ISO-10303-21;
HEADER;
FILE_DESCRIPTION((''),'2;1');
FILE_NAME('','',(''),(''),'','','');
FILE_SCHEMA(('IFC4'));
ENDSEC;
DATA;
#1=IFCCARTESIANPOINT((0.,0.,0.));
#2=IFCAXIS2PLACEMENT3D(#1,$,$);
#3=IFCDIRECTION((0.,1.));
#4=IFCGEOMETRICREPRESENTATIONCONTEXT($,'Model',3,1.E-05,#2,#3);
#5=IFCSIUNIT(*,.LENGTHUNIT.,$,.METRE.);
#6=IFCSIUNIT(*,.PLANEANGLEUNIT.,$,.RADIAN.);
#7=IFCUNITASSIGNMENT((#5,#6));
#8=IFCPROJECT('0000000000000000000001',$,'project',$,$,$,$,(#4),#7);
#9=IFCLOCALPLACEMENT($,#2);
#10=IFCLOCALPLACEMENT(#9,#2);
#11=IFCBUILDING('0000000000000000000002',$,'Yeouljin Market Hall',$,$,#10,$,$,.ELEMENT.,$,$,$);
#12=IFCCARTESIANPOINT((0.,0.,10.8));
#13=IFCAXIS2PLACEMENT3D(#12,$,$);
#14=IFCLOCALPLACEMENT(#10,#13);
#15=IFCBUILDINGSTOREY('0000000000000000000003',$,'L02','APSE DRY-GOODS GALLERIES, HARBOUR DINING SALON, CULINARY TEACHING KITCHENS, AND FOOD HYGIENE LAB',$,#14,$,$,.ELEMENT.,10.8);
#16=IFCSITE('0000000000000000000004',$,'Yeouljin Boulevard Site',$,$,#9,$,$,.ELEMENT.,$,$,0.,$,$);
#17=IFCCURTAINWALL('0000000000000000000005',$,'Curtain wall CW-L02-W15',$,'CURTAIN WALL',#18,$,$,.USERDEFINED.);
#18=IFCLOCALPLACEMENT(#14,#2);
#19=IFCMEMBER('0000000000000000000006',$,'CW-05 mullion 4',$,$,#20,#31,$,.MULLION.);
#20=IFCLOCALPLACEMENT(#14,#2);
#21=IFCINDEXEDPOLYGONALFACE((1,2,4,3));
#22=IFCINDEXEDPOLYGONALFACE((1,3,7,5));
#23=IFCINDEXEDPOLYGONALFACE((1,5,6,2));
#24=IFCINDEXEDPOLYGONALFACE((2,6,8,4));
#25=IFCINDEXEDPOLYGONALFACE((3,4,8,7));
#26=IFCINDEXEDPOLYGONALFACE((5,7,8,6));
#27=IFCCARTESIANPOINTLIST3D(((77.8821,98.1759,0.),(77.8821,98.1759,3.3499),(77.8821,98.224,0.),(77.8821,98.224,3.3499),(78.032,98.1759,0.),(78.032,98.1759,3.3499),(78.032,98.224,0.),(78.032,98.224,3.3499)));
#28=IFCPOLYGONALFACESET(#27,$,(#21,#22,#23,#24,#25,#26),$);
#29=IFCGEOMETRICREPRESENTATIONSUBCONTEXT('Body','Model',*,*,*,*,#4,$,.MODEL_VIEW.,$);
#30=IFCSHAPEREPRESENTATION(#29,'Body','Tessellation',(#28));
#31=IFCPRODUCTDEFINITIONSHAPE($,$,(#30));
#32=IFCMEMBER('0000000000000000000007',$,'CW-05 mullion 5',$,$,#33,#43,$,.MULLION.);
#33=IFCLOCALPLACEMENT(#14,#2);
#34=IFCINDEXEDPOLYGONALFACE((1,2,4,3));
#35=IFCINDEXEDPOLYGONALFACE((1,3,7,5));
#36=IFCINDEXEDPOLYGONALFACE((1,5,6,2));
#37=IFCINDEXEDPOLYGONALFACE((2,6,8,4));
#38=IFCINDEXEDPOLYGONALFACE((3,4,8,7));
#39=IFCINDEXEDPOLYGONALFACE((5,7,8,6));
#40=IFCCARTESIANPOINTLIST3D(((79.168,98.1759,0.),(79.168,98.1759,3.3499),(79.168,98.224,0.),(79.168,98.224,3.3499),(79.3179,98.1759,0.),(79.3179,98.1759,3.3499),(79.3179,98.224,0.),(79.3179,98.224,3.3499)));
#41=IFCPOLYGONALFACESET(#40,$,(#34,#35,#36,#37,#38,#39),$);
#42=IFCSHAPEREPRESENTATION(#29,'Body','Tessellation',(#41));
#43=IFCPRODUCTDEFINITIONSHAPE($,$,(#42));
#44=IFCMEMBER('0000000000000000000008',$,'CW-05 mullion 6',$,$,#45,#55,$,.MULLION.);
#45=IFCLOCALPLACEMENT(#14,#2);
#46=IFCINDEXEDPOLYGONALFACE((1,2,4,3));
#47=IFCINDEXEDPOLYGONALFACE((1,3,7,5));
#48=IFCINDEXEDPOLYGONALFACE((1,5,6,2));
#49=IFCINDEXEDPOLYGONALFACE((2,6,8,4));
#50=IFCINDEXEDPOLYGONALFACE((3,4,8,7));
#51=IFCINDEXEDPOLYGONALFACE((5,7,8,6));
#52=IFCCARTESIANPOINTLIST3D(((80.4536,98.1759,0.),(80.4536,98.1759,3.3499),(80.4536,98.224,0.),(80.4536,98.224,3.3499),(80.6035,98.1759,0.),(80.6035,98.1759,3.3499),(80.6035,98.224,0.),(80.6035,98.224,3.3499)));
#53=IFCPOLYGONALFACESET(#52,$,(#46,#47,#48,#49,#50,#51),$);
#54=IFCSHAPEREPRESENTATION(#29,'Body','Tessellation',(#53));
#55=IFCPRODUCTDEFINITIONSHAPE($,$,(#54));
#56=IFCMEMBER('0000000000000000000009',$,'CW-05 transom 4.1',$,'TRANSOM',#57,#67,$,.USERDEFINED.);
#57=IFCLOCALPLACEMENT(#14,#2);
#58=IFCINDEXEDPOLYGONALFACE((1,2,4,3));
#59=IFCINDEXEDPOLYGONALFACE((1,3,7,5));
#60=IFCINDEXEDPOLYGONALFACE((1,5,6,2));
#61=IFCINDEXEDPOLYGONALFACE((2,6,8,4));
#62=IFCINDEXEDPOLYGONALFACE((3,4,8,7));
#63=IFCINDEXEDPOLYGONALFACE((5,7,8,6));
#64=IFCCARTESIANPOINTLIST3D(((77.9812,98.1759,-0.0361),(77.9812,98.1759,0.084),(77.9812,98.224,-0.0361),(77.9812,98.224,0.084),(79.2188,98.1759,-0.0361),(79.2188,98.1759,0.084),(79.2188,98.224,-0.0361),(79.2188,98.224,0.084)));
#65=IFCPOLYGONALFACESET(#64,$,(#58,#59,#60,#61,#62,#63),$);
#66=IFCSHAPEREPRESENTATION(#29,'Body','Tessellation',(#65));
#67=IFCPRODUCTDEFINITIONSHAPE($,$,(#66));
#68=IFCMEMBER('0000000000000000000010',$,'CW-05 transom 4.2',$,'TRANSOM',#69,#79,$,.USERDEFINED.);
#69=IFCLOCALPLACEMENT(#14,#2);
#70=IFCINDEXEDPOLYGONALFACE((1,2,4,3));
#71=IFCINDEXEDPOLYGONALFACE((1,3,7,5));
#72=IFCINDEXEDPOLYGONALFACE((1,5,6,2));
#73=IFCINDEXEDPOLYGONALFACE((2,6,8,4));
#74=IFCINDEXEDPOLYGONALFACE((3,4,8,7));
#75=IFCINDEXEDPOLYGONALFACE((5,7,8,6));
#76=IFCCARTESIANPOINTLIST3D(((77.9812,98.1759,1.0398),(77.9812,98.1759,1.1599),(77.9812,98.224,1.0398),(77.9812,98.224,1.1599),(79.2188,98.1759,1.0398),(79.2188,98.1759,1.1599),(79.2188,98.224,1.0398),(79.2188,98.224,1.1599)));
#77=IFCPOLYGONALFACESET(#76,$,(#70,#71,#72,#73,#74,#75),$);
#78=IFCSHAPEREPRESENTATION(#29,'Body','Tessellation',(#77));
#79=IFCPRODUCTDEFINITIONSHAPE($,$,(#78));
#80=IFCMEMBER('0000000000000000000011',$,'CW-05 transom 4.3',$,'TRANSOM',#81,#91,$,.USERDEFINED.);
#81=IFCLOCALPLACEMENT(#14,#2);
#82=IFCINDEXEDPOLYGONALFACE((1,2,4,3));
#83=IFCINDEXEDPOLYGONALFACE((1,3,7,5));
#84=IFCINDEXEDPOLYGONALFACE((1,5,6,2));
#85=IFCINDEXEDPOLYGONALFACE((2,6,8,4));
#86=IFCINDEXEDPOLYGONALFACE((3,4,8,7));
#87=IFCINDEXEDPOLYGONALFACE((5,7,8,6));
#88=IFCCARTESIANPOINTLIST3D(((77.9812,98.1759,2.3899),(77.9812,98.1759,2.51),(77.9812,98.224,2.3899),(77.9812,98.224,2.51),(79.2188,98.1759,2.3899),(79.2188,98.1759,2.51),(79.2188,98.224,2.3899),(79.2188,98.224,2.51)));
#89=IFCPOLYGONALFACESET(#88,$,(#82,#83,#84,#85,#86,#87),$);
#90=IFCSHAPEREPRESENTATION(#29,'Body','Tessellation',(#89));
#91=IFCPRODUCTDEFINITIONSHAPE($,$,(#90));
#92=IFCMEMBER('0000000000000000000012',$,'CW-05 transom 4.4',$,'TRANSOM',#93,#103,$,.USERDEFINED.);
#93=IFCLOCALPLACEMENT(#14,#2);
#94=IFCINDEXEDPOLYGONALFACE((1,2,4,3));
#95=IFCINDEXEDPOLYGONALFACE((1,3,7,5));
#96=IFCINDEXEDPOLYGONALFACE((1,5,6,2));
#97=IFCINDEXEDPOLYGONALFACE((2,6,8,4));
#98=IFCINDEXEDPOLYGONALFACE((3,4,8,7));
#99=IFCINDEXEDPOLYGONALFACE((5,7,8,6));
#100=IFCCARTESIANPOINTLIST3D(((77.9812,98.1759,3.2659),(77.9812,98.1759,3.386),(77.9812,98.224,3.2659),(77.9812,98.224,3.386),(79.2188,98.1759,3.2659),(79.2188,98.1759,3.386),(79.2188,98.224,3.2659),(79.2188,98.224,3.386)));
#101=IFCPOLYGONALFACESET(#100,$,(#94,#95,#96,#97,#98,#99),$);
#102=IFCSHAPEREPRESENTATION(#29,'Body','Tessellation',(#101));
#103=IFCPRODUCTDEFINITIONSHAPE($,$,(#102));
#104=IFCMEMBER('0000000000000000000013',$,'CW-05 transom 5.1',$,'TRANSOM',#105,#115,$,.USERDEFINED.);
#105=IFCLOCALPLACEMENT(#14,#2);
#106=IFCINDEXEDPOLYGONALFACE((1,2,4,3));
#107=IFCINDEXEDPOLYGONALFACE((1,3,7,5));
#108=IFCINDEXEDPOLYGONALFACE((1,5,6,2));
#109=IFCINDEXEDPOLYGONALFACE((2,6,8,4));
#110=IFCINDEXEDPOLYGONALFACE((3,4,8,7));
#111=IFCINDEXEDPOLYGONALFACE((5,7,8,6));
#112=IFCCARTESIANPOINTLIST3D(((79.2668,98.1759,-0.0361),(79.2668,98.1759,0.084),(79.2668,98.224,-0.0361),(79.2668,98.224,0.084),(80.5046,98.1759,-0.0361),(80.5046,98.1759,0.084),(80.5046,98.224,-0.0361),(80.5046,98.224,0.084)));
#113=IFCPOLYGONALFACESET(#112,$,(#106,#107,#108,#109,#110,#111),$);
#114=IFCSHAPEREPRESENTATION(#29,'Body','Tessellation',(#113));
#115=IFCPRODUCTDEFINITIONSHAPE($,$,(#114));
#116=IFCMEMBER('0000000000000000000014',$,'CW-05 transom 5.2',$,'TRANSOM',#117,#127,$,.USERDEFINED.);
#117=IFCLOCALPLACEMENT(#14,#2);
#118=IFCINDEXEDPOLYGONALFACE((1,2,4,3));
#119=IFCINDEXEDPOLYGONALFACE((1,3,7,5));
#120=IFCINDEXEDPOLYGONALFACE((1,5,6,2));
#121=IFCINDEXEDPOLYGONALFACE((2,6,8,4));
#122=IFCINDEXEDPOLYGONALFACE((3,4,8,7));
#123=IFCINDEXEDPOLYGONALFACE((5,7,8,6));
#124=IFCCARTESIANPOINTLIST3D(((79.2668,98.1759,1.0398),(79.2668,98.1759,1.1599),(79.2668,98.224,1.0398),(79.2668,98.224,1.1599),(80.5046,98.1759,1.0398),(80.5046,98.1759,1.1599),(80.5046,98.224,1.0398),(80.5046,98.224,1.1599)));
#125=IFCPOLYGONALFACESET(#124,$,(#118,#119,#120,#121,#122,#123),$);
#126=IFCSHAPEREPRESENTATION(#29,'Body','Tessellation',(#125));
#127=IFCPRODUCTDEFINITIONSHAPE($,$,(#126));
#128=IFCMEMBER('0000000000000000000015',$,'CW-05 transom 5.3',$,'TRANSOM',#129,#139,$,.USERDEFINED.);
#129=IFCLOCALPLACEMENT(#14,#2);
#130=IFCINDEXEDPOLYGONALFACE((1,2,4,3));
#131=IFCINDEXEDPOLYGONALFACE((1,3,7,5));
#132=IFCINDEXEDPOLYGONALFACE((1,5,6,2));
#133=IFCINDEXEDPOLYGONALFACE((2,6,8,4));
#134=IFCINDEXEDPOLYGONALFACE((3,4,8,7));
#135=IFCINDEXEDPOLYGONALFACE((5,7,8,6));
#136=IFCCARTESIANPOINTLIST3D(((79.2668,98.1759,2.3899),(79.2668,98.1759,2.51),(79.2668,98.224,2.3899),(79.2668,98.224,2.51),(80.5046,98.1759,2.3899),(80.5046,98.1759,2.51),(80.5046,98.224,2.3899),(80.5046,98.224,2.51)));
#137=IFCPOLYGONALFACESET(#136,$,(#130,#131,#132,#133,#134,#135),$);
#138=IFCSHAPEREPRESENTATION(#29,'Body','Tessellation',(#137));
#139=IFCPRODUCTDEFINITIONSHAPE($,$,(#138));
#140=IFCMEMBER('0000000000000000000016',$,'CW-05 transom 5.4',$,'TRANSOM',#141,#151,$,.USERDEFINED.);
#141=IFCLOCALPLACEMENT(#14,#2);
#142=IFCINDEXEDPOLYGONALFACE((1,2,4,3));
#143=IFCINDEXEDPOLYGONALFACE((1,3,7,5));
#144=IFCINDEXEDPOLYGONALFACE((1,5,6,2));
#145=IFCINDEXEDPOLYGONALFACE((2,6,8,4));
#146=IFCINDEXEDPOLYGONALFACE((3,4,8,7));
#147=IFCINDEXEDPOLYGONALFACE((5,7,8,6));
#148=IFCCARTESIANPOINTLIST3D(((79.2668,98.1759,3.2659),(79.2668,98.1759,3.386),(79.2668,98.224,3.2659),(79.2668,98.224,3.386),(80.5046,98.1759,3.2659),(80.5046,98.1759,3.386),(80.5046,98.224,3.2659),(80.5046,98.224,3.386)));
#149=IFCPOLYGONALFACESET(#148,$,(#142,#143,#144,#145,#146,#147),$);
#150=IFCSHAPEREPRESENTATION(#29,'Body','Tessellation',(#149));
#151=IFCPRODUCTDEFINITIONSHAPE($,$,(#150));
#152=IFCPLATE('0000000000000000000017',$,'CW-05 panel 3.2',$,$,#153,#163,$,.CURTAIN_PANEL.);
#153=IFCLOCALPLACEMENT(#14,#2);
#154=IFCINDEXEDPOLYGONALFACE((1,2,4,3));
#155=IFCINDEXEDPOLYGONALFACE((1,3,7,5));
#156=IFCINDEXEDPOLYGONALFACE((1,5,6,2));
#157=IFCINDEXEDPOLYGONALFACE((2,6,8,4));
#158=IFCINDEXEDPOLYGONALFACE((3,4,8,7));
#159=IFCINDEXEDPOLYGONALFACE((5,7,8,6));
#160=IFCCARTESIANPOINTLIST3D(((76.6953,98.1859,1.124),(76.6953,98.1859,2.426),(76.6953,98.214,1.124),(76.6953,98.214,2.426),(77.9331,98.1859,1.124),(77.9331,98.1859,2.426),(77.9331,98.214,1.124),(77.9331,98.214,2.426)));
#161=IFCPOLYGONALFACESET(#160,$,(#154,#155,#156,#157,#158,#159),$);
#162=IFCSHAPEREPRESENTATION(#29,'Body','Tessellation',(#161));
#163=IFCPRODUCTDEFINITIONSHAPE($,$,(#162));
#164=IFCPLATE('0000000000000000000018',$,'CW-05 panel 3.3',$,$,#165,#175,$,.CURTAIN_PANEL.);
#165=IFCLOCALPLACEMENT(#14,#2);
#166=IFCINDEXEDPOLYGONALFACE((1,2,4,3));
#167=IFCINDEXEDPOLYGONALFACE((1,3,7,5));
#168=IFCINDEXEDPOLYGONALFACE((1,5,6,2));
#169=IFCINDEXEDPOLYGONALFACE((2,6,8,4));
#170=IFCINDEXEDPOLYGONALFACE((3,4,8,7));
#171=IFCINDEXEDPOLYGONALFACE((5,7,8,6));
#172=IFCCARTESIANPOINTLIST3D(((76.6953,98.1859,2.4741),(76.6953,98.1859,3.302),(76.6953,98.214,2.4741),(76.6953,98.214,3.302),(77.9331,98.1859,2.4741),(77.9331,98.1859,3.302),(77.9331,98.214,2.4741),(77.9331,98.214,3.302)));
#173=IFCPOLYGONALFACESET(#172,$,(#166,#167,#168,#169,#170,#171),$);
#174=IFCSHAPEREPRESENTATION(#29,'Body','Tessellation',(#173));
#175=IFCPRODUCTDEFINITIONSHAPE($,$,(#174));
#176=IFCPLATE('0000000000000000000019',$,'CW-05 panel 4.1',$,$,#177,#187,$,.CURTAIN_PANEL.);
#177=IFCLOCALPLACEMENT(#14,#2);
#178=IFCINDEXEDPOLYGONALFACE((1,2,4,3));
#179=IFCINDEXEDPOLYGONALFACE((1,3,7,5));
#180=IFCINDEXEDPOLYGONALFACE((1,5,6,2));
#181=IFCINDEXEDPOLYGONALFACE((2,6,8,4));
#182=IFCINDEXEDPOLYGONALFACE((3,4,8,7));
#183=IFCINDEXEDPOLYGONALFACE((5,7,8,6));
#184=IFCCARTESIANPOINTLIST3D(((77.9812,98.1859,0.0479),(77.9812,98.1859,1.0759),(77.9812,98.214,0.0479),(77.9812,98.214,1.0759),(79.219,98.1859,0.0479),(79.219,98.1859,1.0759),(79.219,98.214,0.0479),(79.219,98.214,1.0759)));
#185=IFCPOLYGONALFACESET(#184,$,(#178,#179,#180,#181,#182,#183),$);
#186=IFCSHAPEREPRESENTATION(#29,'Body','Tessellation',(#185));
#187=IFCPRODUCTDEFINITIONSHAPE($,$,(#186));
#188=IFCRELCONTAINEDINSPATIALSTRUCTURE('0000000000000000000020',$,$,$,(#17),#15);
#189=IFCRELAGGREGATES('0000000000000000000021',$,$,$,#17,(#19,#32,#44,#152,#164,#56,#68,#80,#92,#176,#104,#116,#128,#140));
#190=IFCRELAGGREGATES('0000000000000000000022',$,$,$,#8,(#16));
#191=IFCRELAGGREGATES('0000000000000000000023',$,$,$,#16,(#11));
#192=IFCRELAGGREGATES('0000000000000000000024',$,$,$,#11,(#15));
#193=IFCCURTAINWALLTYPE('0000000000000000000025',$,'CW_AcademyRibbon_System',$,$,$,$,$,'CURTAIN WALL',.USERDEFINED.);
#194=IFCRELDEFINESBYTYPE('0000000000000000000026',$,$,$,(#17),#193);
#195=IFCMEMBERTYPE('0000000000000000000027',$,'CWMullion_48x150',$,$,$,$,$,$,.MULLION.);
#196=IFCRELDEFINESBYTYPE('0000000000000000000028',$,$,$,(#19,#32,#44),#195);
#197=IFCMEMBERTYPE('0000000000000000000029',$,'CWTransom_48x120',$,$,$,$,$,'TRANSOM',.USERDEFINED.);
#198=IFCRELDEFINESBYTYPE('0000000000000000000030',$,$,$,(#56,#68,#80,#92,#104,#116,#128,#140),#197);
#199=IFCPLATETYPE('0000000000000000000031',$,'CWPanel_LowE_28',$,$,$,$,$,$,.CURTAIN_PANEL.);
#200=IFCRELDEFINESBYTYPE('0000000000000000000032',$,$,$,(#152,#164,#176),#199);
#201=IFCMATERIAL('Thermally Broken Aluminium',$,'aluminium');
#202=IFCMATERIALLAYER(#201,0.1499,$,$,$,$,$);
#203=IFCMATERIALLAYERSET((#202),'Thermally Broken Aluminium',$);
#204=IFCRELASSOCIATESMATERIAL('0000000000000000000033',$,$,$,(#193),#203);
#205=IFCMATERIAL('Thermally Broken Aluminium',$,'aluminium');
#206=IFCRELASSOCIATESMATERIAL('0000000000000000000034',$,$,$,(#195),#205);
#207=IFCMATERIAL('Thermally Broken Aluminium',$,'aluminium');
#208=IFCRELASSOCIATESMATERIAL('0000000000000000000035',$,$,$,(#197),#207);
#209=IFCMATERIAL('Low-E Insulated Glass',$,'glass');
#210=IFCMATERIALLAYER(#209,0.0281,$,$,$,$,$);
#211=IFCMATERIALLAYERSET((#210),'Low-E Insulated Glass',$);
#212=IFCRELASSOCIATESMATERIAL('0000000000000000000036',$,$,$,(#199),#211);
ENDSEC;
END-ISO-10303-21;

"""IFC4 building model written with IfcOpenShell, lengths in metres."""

from ifc_helpers import new_model, si_unit, direction, frame, origin, origin_2d, place, context, subcontext, project, spatial, rectangle, extrude, material, layer, layer_set, material_profile, profile_set, type_object, element, aggregate, save


model = new_model("IFC4")

# Units and contexts
model_context = context("Model", 3, precision=1e-05, world=origin(), true_north=direction((0.0, 1.0)))
body_context = subcontext(model_context, "Body", "Model", "MODEL_VIEW")
ifc_project = project(units=[si_unit("LENGTHUNIT", "METRE"), si_unit("PLANEANGLEUNIT", "RADIAN")], contexts=[model_context])

# Site, building, storey
site_placement = place(None, origin())
site = spatial("IfcSite", under=ifc_project, at=site_placement, Name="Yeouljin Boulevard Site", CompositionType="ELEMENT", RefElevation=0.0)
building_placement = place(site_placement, origin())
building = spatial("IfcBuilding", under=site, at=building_placement, Name="Yeouljin Market Hall", CompositionType="ELEMENT")
storey_placement = place(building_placement, frame((0.0, 0.0, 10.8)))
storey = spatial("IfcBuildingStorey", under=building, at=storey_placement, Name="L02", Description="APSE DRY-GOODS GALLERIES, HARBOUR DINING SALON, CULINARY TEACHING KITCHENS, AND FOOD HYGIENE LAB", CompositionType="ELEMENT", Elevation=10.8)

# Curtain wall, members, plates
ifc_material_1 = material(Name="Thermally Broken Aluminium", Category="aluminium")
ifc_layer_1 = layer(ifc_material_1, 0.1499)
ifc_layer_set_1 = layer_set([ifc_layer_1], Name="Thermally Broken Aluminium")
curtain_wall_type = type_object("IfcCurtainWallType", Name="CW_AcademyRibbon_System", ElementType="CURTAIN WALL", PredefinedType="USERDEFINED", material=ifc_layer_set_1)
curtain_wall_placement = place(storey_placement, origin())
curtain_wall = element("IfcCurtainWall", 1, at=curtain_wall_placement, inside=storey, type_object=curtain_wall_type, Name="Curtain wall CW-L02-W15", ObjectType="CURTAIN WALL", PredefinedType="USERDEFINED")
ifc_material_2 = material(Name="Thermally Broken Aluminium", Category="aluminium")
ifc_material_profile_1 = material_profile(ifc_material_2, rectangle(XDim=0.0481, YDim=0.1499, at=origin_2d()), Name="CW-MULL-48x150")
ifc_profile_set_1 = profile_set([ifc_material_profile_1], Name="Thermally Broken Aluminium")
member_type_1 = type_object("IfcMemberType", Name="CWMullion_48x150", PredefinedType="MULLION", material=ifc_profile_set_1)
member_1_placement = place(storey_placement, frame((77.957, 98.2, 0.0), z_axis=(0.0, 0.0, 1.0), x_axis=(0.0, 1.0, 0.0)))
member_1 = element("IfcMember", 2, at=member_1_placement, type_object=member_type_1, Name="CW-05 mullion 4", PredefinedType="MULLION", context=body_context, shape_type="SweptSolid", body=[
    extrude(rectangle(XDim=0.0481, YDim=0.1499, at=origin_2d()), origin(), (0.0, 0.0, 1.0), 3.3499),
])
member_2_placement = place(storey_placement, frame((79.2429, 98.2, 0.0), z_axis=(0.0, 0.0, 1.0), x_axis=(0.0, 1.0, 0.0)))
member_2 = element("IfcMember", 3, at=member_2_placement, type_object=member_type_1, Name="CW-05 mullion 5", PredefinedType="MULLION", context=body_context, shape_type="SweptSolid", body=[
    extrude(rectangle(XDim=0.0481, YDim=0.1499, at=origin_2d()), origin(), (0.0, 0.0, 1.0), 3.3499),
])
member_3_placement = place(storey_placement, frame((80.5286, 98.2, 0.0), z_axis=(0.0, 0.0, 1.0), x_axis=(0.0, 1.0, 0.0)))
member_3 = element("IfcMember", 4, at=member_3_placement, type_object=member_type_1, Name="CW-05 mullion 6", PredefinedType="MULLION", context=body_context, shape_type="SweptSolid", body=[
    extrude(rectangle(XDim=0.0481, YDim=0.1499, at=origin_2d()), origin(), (0.0, 0.0, 1.0), 3.3499),
])
ifc_material_3 = material(Name="Thermally Broken Aluminium", Category="aluminium")
ifc_material_profile_2 = material_profile(ifc_material_3, rectangle(XDim=0.0481, YDim=0.1201, at=origin_2d()), Name="CW-TRAN-48x120")
ifc_profile_set_2 = profile_set([ifc_material_profile_2], Name="Thermally Broken Aluminium")
member_type_2 = type_object("IfcMemberType", Name="CWTransom_48x120", ElementType="TRANSOM", PredefinedType="USERDEFINED", material=ifc_profile_set_2)
member_4_placement = place(storey_placement, frame((77.9812, 98.2, 0.0239), z_axis=(1.0, 0.0, 0.0), x_axis=(0.0, 1.0, 0.0)))
member_4 = element("IfcMember", 5, at=member_4_placement, type_object=member_type_2, Name="CW-05 transom 4.1", ObjectType="TRANSOM", PredefinedType="USERDEFINED", context=body_context, shape_type="SweptSolid", body=[
    extrude(rectangle(XDim=0.0481, YDim=0.1201, at=origin_2d()), origin(), (0.0, 0.0, 1.0), 1.2375),
])
member_5_placement = place(storey_placement, frame((77.9812, 98.2, 1.0999), z_axis=(1.0, 0.0, 0.0), x_axis=(0.0, 1.0, 0.0)))
member_5 = element("IfcMember", 6, at=member_5_placement, type_object=member_type_2, Name="CW-05 transom 4.2", ObjectType="TRANSOM", PredefinedType="USERDEFINED", context=body_context, shape_type="SweptSolid", body=[
    extrude(rectangle(XDim=0.0481, YDim=0.1201, at=origin_2d()), origin(), (0.0, 0.0, 1.0), 1.2375),
])
member_6_placement = place(storey_placement, frame((77.9812, 98.2, 2.45), z_axis=(1.0, 0.0, 0.0), x_axis=(0.0, 1.0, 0.0)))
member_6 = element("IfcMember", 7, at=member_6_placement, type_object=member_type_2, Name="CW-05 transom 4.3", ObjectType="TRANSOM", PredefinedType="USERDEFINED", context=body_context, shape_type="SweptSolid", body=[
    extrude(rectangle(XDim=0.0481, YDim=0.1201, at=origin_2d()), origin(), (0.0, 0.0, 1.0), 1.2375),
])
member_7_placement = place(storey_placement, frame((77.9812, 98.2, 3.3259), z_axis=(1.0, 0.0, 0.0), x_axis=(0.0, 1.0, 0.0)))
member_7 = element("IfcMember", 8, at=member_7_placement, type_object=member_type_2, Name="CW-05 transom 4.4", ObjectType="TRANSOM", PredefinedType="USERDEFINED", context=body_context, shape_type="SweptSolid", body=[
    extrude(rectangle(XDim=0.0481, YDim=0.1201, at=origin_2d()), origin(), (0.0, 0.0, 1.0), 1.2375),
])
member_8_placement = place(storey_placement, frame((79.2668, 98.2, 0.0239), z_axis=(1.0, 0.0, 0.0), x_axis=(0.0, 1.0, 0.0)))
member_8 = element("IfcMember", 9, at=member_8_placement, type_object=member_type_2, Name="CW-05 transom 5.1", ObjectType="TRANSOM", PredefinedType="USERDEFINED", context=body_context, shape_type="SweptSolid", body=[
    extrude(rectangle(XDim=0.0481, YDim=0.1201, at=origin_2d()), origin(), (0.0, 0.0, 1.0), 1.2378),
])
member_9_placement = place(storey_placement, frame((79.2668, 98.2, 1.0999), z_axis=(1.0, 0.0, 0.0), x_axis=(0.0, 1.0, 0.0)))
member_9 = element("IfcMember", 10, at=member_9_placement, type_object=member_type_2, Name="CW-05 transom 5.2", ObjectType="TRANSOM", PredefinedType="USERDEFINED", context=body_context, shape_type="SweptSolid", body=[
    extrude(rectangle(XDim=0.0481, YDim=0.1201, at=origin_2d()), origin(), (0.0, 0.0, 1.0), 1.2378),
])
member_10_placement = place(storey_placement, frame((79.2668, 98.2, 2.45), z_axis=(1.0, 0.0, 0.0), x_axis=(0.0, 1.0, 0.0)))
member_10 = element("IfcMember", 11, at=member_10_placement, type_object=member_type_2, Name="CW-05 transom 5.3", ObjectType="TRANSOM", PredefinedType="USERDEFINED", context=body_context, shape_type="SweptSolid", body=[
    extrude(rectangle(XDim=0.0481, YDim=0.1201, at=origin_2d()), origin(), (0.0, 0.0, 1.0), 1.2378),
])
member_11_placement = place(storey_placement, frame((79.2668, 98.2, 3.3259), z_axis=(1.0, 0.0, 0.0), x_axis=(0.0, 1.0, 0.0)))
member_11 = element("IfcMember", 12, at=member_11_placement, type_object=member_type_2, Name="CW-05 transom 5.4", ObjectType="TRANSOM", PredefinedType="USERDEFINED", context=body_context, shape_type="SweptSolid", body=[
    extrude(rectangle(XDim=0.0481, YDim=0.1201, at=origin_2d()), origin(), (0.0, 0.0, 1.0), 1.2378),
])
ifc_material_4 = material(Name="Low-E Insulated Glass", Category="glass")
ifc_layer_2 = layer(ifc_material_4, 0.0281)
ifc_layer_set_2 = layer_set([ifc_layer_2], Name="Low-E Insulated Glass")
plate_type = type_object("IfcPlateType", Name="CWPanel_LowE_28", PredefinedType="CURTAIN_PANEL", material=ifc_layer_set_2)
plate_1_placement = place(storey_placement, frame((77.3142, 98.2, 1.124), z_axis=(0.0, 0.0, 1.0), x_axis=(1.0, 0.0, 0.0)))
plate_1 = element("IfcPlate", 13, at=plate_1_placement, type_object=plate_type, Name="CW-05 panel 3.2", PredefinedType="CURTAIN_PANEL", context=body_context, shape_type="SweptSolid", body=[
    extrude(rectangle(XDim=1.2378, YDim=0.0281, at=origin_2d()), origin(), (0.0, 0.0, 1.0), 1.302),
])
plate_2_placement = place(storey_placement, frame((77.3142, 98.2, 2.4741), z_axis=(0.0, 0.0, 1.0), x_axis=(1.0, 0.0, 0.0)))
plate_2 = element("IfcPlate", 14, at=plate_2_placement, type_object=plate_type, Name="CW-05 panel 3.3", PredefinedType="CURTAIN_PANEL", context=body_context, shape_type="SweptSolid", body=[
    extrude(rectangle(XDim=1.2378, YDim=0.0281, at=origin_2d()), origin(), (0.0, 0.0, 1.0), 0.8279),
])
plate_3_placement = place(storey_placement, frame((78.6001, 98.2, 0.0479), z_axis=(0.0, 0.0, 1.0), x_axis=(1.0, 0.0, 0.0)))
plate_3 = element("IfcPlate", 15, at=plate_3_placement, type_object=plate_type, Name="CW-05 panel 4.1", PredefinedType="CURTAIN_PANEL", context=body_context, shape_type="SweptSolid", body=[
    extrude(rectangle(XDim=1.2378, YDim=0.0281, at=origin_2d()), origin(), (0.0, 0.0, 1.0), 1.0281),
])
aggregate(curtain_wall, [member_1, member_2, member_3, plate_1, plate_2, member_4, member_5, member_6, member_7, plate_3, member_8, member_9, member_10, member_11])

save(model, "model.ifc")
